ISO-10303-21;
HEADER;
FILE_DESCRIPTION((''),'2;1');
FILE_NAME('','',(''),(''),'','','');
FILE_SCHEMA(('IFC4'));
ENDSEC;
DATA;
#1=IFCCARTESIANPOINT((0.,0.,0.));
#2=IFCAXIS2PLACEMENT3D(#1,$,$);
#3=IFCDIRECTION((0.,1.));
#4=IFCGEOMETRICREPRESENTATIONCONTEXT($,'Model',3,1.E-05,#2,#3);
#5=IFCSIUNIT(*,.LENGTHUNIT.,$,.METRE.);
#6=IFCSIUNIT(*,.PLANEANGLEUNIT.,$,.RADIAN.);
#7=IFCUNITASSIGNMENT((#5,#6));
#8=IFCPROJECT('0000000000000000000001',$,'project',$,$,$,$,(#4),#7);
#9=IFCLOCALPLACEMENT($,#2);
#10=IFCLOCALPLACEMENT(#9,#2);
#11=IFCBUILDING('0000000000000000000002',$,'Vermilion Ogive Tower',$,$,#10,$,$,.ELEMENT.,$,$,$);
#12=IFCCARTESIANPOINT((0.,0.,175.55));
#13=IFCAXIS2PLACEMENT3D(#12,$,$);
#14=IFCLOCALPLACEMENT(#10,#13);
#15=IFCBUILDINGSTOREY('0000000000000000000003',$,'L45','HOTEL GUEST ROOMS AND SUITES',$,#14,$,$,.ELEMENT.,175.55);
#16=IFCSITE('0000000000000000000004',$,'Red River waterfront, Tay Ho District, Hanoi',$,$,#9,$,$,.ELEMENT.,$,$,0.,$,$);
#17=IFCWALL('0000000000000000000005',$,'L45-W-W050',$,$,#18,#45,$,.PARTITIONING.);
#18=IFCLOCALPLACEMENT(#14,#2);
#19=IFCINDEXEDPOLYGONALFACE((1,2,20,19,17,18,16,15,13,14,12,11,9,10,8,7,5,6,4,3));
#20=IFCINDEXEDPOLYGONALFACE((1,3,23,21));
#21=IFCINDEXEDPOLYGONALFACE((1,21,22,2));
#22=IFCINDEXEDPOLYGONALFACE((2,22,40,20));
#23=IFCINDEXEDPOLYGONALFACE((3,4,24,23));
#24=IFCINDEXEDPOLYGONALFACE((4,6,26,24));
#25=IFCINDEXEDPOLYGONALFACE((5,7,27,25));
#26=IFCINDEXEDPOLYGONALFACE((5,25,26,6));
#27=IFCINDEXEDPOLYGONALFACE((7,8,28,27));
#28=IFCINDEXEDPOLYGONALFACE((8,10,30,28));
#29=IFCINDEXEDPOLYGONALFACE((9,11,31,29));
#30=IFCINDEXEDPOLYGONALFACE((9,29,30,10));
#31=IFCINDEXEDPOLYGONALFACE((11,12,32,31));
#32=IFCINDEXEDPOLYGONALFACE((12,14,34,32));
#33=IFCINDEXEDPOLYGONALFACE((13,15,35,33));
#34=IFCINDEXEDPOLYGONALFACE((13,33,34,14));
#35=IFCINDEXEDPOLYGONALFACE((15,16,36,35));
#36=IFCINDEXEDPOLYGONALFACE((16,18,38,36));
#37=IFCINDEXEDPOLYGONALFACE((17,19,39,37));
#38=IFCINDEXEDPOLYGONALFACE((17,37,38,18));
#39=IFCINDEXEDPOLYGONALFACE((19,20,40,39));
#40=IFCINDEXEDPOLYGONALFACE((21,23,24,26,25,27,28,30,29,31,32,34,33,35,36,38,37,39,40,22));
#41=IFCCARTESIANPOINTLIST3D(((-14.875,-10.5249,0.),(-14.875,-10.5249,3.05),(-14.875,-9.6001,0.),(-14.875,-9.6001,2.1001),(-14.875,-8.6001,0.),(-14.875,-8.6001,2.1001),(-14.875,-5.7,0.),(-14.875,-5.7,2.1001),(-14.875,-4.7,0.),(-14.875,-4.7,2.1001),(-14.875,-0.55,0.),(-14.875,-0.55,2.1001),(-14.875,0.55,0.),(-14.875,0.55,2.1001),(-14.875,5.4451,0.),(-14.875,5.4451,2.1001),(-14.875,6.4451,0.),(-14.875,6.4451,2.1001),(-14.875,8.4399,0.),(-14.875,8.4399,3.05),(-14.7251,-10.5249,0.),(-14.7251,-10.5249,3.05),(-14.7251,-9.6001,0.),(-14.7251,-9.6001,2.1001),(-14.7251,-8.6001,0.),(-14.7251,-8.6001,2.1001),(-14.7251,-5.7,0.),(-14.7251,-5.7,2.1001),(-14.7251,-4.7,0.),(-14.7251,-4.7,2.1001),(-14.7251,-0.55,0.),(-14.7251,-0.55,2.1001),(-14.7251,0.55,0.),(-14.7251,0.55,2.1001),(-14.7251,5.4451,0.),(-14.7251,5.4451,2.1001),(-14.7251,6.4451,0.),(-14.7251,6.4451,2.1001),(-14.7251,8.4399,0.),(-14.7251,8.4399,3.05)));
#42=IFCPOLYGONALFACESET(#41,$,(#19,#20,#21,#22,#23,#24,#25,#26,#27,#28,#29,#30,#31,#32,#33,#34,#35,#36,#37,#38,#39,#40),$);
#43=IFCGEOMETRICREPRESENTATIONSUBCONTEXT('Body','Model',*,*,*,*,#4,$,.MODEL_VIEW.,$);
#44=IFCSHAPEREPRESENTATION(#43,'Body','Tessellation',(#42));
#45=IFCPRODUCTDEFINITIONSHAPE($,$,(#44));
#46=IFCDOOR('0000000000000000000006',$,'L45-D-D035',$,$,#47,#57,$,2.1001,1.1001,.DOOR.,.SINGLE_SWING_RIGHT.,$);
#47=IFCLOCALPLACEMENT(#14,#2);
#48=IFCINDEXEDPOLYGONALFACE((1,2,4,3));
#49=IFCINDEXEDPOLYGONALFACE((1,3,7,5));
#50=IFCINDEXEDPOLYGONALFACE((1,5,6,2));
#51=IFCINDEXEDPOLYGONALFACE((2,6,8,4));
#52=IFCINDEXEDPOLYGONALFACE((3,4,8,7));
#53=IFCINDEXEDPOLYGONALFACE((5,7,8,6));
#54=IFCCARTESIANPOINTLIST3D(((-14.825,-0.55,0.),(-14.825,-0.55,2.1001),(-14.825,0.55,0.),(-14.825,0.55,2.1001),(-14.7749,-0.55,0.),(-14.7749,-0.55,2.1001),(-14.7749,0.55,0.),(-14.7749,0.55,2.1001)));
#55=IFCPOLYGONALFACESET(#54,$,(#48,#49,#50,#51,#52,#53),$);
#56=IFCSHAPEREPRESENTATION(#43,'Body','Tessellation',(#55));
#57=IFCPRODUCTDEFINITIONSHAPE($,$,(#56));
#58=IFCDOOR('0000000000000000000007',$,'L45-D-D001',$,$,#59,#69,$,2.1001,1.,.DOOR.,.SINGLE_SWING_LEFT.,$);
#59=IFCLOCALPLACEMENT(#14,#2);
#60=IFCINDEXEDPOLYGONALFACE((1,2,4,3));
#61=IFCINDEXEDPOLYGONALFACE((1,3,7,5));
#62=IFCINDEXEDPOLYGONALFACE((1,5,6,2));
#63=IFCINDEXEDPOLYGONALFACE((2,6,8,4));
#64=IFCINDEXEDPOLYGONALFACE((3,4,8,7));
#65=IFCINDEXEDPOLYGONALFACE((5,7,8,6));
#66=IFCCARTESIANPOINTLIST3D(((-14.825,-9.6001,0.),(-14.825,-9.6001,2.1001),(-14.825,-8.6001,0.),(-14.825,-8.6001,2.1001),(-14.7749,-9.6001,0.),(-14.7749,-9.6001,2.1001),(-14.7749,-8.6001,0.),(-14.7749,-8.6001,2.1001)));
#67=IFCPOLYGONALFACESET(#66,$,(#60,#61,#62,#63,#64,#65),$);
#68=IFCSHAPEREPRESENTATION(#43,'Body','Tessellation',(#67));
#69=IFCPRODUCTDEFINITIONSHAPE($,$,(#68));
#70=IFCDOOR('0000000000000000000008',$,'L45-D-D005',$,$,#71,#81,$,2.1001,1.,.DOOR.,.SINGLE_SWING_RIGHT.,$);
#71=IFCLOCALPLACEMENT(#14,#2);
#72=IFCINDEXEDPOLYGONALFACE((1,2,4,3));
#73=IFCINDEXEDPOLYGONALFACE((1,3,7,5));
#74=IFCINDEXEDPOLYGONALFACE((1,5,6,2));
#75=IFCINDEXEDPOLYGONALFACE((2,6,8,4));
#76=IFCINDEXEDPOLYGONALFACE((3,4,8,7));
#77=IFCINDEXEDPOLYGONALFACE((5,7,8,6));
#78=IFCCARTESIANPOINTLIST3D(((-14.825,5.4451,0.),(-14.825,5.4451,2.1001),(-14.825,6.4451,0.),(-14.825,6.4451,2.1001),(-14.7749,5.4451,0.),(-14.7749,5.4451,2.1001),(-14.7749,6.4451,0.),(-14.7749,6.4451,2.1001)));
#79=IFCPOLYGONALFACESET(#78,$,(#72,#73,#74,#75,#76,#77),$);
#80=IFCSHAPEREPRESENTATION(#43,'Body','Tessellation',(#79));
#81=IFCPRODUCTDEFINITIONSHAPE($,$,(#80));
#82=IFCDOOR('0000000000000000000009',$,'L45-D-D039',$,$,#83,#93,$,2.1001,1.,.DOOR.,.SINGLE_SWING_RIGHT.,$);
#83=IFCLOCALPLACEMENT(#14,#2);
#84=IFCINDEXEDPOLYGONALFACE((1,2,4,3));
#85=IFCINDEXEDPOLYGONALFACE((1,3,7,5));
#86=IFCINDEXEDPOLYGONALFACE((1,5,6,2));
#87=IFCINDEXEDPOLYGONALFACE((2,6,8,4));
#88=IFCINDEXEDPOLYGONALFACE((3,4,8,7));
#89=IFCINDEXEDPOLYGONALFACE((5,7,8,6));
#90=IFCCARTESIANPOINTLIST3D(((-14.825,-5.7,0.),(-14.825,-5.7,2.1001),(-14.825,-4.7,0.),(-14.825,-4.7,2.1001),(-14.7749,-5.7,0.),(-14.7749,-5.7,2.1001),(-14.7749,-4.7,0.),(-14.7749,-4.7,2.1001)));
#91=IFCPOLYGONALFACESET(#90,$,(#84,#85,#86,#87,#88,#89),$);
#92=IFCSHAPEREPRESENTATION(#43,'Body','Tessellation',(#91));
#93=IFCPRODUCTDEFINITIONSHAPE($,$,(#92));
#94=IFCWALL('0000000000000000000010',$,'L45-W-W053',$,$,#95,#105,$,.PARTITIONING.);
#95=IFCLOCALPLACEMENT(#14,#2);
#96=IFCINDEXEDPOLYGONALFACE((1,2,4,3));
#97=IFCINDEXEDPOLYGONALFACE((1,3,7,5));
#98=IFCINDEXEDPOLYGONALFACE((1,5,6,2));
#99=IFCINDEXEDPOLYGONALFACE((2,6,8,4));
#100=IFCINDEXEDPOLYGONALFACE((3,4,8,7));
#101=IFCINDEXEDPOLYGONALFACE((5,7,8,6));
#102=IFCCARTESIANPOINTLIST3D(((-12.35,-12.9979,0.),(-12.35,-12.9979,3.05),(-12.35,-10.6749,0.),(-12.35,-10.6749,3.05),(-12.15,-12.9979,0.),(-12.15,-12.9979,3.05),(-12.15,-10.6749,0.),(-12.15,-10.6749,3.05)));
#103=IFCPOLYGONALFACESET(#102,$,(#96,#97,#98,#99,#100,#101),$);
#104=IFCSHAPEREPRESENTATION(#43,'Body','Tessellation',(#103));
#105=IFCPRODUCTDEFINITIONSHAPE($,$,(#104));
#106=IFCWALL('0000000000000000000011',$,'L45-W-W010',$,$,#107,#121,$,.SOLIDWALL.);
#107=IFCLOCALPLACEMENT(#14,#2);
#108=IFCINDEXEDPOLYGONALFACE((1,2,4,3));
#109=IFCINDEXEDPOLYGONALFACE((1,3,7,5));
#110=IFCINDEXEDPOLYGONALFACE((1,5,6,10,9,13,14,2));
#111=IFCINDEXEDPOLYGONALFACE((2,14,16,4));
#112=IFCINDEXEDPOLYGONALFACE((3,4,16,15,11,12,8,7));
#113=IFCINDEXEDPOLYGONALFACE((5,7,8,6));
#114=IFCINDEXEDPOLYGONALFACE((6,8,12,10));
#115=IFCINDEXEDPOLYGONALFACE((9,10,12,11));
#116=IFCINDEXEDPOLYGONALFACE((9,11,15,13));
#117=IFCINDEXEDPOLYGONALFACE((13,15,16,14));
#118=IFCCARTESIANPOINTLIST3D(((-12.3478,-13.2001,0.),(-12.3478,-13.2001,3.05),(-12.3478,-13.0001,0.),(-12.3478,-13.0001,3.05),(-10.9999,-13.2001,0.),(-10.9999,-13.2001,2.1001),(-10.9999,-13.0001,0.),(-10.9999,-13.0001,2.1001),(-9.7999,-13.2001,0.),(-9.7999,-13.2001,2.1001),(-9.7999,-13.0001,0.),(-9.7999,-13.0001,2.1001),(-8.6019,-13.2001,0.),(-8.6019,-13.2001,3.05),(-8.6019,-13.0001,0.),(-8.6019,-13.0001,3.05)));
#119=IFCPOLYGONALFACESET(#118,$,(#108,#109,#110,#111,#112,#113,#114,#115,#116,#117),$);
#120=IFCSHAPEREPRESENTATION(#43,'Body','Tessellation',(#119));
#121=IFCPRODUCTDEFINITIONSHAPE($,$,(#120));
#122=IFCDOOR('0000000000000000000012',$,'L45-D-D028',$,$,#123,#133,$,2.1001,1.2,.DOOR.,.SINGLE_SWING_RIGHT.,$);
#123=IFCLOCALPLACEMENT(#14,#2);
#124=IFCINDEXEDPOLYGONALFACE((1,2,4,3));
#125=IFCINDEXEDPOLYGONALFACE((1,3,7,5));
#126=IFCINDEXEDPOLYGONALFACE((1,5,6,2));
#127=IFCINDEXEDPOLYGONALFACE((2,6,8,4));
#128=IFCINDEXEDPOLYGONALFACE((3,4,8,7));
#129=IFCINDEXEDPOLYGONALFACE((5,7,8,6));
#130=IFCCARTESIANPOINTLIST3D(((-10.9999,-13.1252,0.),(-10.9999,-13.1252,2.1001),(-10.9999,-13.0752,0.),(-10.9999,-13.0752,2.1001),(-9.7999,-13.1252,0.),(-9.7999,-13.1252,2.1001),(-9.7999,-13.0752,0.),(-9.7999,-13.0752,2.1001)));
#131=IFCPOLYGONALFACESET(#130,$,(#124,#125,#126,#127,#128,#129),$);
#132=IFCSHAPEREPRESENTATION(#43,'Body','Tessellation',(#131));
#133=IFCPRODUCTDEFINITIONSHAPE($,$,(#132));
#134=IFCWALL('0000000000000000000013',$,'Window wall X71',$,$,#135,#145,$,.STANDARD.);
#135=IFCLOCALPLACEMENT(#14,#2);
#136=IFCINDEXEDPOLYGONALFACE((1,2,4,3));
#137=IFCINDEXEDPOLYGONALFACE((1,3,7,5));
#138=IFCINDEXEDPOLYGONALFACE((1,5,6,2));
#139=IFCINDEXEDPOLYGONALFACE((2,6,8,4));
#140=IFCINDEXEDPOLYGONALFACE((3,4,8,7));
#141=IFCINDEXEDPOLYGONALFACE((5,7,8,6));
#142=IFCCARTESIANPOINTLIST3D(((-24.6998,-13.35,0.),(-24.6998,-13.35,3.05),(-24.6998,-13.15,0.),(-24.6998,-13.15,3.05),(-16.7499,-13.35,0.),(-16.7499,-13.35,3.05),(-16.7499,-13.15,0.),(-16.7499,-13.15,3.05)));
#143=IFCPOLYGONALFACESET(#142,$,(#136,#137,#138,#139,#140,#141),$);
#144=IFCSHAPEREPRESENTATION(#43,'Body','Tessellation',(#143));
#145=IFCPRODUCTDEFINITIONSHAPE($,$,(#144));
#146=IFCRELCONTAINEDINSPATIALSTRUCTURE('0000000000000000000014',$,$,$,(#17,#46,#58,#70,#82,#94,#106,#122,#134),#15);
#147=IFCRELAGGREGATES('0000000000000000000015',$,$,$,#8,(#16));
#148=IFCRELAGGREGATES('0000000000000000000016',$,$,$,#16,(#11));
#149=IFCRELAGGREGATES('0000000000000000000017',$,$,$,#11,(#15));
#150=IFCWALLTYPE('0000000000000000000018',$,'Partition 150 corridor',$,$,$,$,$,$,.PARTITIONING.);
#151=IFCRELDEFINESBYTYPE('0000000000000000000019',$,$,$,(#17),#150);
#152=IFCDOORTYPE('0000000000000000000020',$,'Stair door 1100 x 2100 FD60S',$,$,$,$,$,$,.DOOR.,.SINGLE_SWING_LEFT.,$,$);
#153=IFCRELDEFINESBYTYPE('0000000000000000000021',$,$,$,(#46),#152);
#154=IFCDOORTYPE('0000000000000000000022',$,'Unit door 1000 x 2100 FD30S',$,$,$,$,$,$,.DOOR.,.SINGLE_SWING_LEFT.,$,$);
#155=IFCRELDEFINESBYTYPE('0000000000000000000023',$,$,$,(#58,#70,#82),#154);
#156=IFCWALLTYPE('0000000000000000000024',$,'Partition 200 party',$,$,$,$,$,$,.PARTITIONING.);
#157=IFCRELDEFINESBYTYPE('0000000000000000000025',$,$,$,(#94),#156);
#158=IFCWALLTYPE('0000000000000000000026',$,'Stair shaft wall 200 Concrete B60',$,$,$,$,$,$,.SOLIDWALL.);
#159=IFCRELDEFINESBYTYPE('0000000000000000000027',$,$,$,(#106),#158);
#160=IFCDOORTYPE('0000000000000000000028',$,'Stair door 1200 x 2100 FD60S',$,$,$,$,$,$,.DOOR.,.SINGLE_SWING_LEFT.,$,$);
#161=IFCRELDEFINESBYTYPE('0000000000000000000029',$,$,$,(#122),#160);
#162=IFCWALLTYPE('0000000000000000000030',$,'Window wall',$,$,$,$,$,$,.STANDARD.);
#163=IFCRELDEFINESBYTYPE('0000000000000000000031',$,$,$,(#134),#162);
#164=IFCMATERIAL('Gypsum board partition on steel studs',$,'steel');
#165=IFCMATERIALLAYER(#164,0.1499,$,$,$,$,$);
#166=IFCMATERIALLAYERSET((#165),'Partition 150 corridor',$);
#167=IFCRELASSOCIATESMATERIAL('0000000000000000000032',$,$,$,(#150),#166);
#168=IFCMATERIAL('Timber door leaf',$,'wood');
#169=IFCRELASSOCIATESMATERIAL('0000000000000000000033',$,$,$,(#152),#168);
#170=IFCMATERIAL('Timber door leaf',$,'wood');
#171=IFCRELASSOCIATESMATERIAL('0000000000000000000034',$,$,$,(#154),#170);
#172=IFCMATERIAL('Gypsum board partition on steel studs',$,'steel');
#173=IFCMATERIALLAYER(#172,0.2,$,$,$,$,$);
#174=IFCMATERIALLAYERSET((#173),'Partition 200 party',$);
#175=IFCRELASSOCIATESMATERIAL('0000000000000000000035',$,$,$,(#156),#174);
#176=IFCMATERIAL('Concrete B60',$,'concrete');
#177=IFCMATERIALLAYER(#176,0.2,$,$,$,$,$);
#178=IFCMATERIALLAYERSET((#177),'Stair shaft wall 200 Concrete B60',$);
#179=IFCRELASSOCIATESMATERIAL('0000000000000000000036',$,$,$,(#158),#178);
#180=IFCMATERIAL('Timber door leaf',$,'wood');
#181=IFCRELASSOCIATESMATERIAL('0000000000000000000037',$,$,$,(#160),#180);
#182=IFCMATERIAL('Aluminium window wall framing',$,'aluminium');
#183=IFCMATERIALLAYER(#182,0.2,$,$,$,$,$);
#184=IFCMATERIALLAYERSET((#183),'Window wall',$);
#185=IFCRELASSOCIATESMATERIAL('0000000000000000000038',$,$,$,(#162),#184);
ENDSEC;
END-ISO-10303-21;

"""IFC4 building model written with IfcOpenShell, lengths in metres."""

from ifc_helpers import new_model, si_unit, direction, frame, frame_2d, origin, place, context, subcontext, project, spatial, rectangle, extrude, material, layer, layer_set, type_object, element, fill, save


model = new_model("IFC4")

# Units and contexts
model_context = context("Model", 3, precision=1e-05, world=origin(), true_north=direction((0.0, 1.0)))
body_context = subcontext(model_context, "Body", "Model", "MODEL_VIEW")
ifc_project = project(units=[si_unit("LENGTHUNIT", "METRE"), si_unit("PLANEANGLEUNIT", "RADIAN")], contexts=[model_context])

# Site, building, storey
site_placement = place(None, origin())
site = spatial("IfcSite", under=ifc_project, at=site_placement, Name="Red River waterfront, Tay Ho District, Hanoi", CompositionType="ELEMENT", RefElevation=0.0)
building_placement = place(site_placement, origin())
building = spatial("IfcBuilding", under=site, at=building_placement, Name="Vermilion Ogive Tower", CompositionType="ELEMENT")
storey_placement = place(building_placement, frame((0.0, 0.0, 175.55)))
storey = spatial("IfcBuildingStorey", under=building, at=storey_placement, Name="L45", Description="HOTEL GUEST ROOMS AND SUITES", CompositionType="ELEMENT", Elevation=175.55)

# Wall, openings, doors
ifc_material_1 = material(Name="Gypsum board partition on steel studs", Category="steel")
ifc_layer_1 = layer(ifc_material_1, 0.1499)
ifc_layer_set_1 = layer_set([ifc_layer_1], Name="Partition 150 corridor")
wall_type_1 = type_object("IfcWallType", Name="Partition 150 corridor", PredefinedType="PARTITIONING", material=ifc_layer_set_1)
ifc_material_2 = material(Name="Timber door leaf", Category="wood")
door_type_1 = type_object("IfcDoorType", Name="Stair door 1100 x 2100 FD60S", OperationType="SINGLE_SWING_LEFT", PredefinedType="DOOR", material=ifc_material_2)
ifc_material_3 = material(Name="Timber door leaf", Category="wood")
door_type_2 = type_object("IfcDoorType", Name="Unit door 1000 x 2100 FD30S", OperationType="SINGLE_SWING_LEFT", PredefinedType="DOOR", material=ifc_material_3)
wall_1_placement = place(storey_placement, frame((-14.8, -10.5249, 0.0), z_axis=(0.0, 0.0, 1.0), x_axis=(0.0, 1.0, 0.0)))
wall_1 = element("IfcWall", 1, at=wall_1_placement, inside=storey, type_object=wall_type_1, Name="L45-W-W050", PredefinedType="PARTITIONING", context=body_context, shape_type="SweptSolid", body=[
    extrude(rectangle(XDim=18.9648, YDim=0.1499, at=frame_2d((9.4824, 0.0))), origin(), (0.0, 0.0, 1.0), 3.05),
])
opening_1_placement = place(wall_1_placement, frame((0.9248, 0.0, 0.0)))
opening_1 = element("IfcOpeningElement", 2, at=opening_1_placement, cuts=wall_1, PredefinedType="OPENING", context=body_context, shape_type="SweptSolid", body=[
    extrude(rectangle(XDim=1.0, YDim=2.1001, at=frame_2d((0.5, 1.05))), frame((0.0, 0.085, 0.0), z_axis=(0.0, -1.0, 0.0), x_axis=(1.0, 0.0, 0.0)), (0.0, 0.0, 1.0), 0.1699),
])
opening_2_placement = place(wall_1_placement, frame((15.97, 0.0, 0.0)))
opening_2 = element("IfcOpeningElement", 3, at=opening_2_placement, cuts=wall_1, PredefinedType="OPENING", context=body_context, shape_type="SweptSolid", body=[
    extrude(rectangle(XDim=1.0, YDim=2.1001, at=frame_2d((0.5, 1.05))), frame((0.0, 0.085, 0.0), z_axis=(0.0, -1.0, 0.0), x_axis=(1.0, 0.0, 0.0)), (0.0, 0.0, 1.0), 0.1699),
])
opening_3_placement = place(wall_1_placement, frame((9.9749, 0.0, 0.0)))
opening_3 = element("IfcOpeningElement", 4, at=opening_3_placement, cuts=wall_1, PredefinedType="OPENING", context=body_context, shape_type="SweptSolid", body=[
    extrude(rectangle(XDim=1.1001, YDim=2.1001, at=frame_2d((0.55, 1.05))), frame((0.0, 0.085, 0.0), z_axis=(0.0, -1.0, 0.0), x_axis=(1.0, 0.0, 0.0)), (0.0, 0.0, 1.0), 0.1699),
])
opening_4_placement = place(wall_1_placement, frame((4.825, 0.0, 0.0)))
opening_4 = element("IfcOpeningElement", 5, at=opening_4_placement, cuts=wall_1, PredefinedType="OPENING", context=body_context, shape_type="SweptSolid", body=[
    extrude(rectangle(XDim=1.0, YDim=2.1001, at=frame_2d((0.5, 1.05))), frame((0.0, 0.085, 0.0), z_axis=(0.0, -1.0, 0.0), x_axis=(1.0, 0.0, 0.0)), (0.0, 0.0, 1.0), 0.1699),
])
door_1_placement = place(opening_3_placement, origin())
door_1 = element("IfcDoor", 6, at=door_1_placement, inside=storey, type_object=door_type_1, Name="L45-D-D035", OperationType="SINGLE_SWING_RIGHT", OverallHeight=2.1001, OverallWidth=1.1001, PredefinedType="DOOR", context=body_context, shape_type="SweptSolid", body=[
    extrude(rectangle(XDim=1.1001, YDim=2.1001, at=frame_2d((0.55, 1.05))), frame((0.0, 0.0249, 0.0), z_axis=(0.0, -1.0, 0.0), x_axis=(1.0, 0.0, 0.0)), (0.0, 0.0, 1.0), 0.05),
])
fill(opening_3, door_1)
door_2_placement = place(opening_1_placement, origin())
door_2 = element("IfcDoor", 7, at=door_2_placement, inside=storey, type_object=door_type_2, Name="L45-D-D001", OperationType="SINGLE_SWING_LEFT", OverallHeight=2.1001, OverallWidth=1.0, PredefinedType="DOOR", context=body_context, shape_type="SweptSolid", body=[
    extrude(rectangle(XDim=1.0, YDim=2.1001, at=frame_2d((0.5, 1.05))), frame((0.0, 0.0249, 0.0), z_axis=(0.0, -1.0, 0.0), x_axis=(1.0, 0.0, 0.0)), (0.0, 0.0, 1.0), 0.05),
])
fill(opening_1, door_2)
door_3_placement = place(opening_2_placement, origin())
door_3 = element("IfcDoor", 8, at=door_3_placement, inside=storey, type_object=door_type_2, Name="L45-D-D005", OperationType="SINGLE_SWING_RIGHT", OverallHeight=2.1001, OverallWidth=1.0, PredefinedType="DOOR", context=body_context, shape_type="SweptSolid", body=[
    extrude(rectangle(XDim=1.0, YDim=2.1001, at=frame_2d((0.5, 1.05))), frame((0.0, 0.0249, 0.0), z_axis=(0.0, -1.0, 0.0), x_axis=(1.0, 0.0, 0.0)), (0.0, 0.0, 1.0), 0.05),
])
fill(opening_2, door_3)
door_4_placement = place(opening_4_placement, origin())
door_4 = element("IfcDoor", 9, at=door_4_placement, inside=storey, type_object=door_type_2, Name="L45-D-D039", OperationType="SINGLE_SWING_RIGHT", OverallHeight=2.1001, OverallWidth=1.0, PredefinedType="DOOR", context=body_context, shape_type="SweptSolid", body=[
    extrude(rectangle(XDim=1.0, YDim=2.1001, at=frame_2d((0.5, 1.05))), frame((0.0, 0.0249, 0.0), z_axis=(0.0, -1.0, 0.0), x_axis=(1.0, 0.0, 0.0)), (0.0, 0.0, 1.0), 0.05),
])
fill(opening_4, door_4)

# Wall
ifc_material_4 = material(Name="Gypsum board partition on steel studs", Category="steel")
ifc_layer_2 = layer(ifc_material_4, 0.2)
ifc_layer_set_2 = layer_set([ifc_layer_2], Name="Partition 200 party")
wall_type_2 = type_object("IfcWallType", Name="Partition 200 party", PredefinedType="PARTITIONING", material=ifc_layer_set_2)
wall_2_placement = place(storey_placement, frame((-12.25, -12.998, 0.0), z_axis=(0.0, 0.0, 1.0), x_axis=(0.0, 1.0, 0.0)))
element("IfcWall", 10, at=wall_2_placement, inside=storey, type_object=wall_type_2, Name="L45-W-W053", PredefinedType="PARTITIONING", context=body_context, shape_type="SweptSolid", body=[
    extrude(rectangle(XDim=2.323, YDim=0.2, at=frame_2d((1.1616, 0.0))), origin(), (0.0, 0.0, 1.0), 3.05),
])

# Wall, opening, door
ifc_material_5 = material(Name="Concrete B60", Category="concrete")
ifc_layer_3 = layer(ifc_material_5, 0.2)
ifc_layer_set_3 = layer_set([ifc_layer_3], Name="Stair shaft wall 200 Concrete B60")
wall_type_3 = type_object("IfcWallType", Name="Stair shaft wall 200 Concrete B60", PredefinedType="SOLIDWALL", material=ifc_layer_set_3)
wall_3_placement = place(storey_placement, frame((-12.3479, -13.1001, 0.0), z_axis=(0.0, 0.0, 1.0), x_axis=(1.0, 0.0, 0.0)))
wall_3 = element("IfcWall", 11, at=wall_3_placement, inside=storey, type_object=wall_type_3, Name="L45-W-W010", PredefinedType="SOLIDWALL", context=body_context, shape_type="SweptSolid", body=[
    extrude(rectangle(XDim=3.7458, YDim=0.2, at=frame_2d((1.873, 0.0))), origin(), (0.0, 0.0, 1.0), 3.05),
])
opening_5_placement = place(wall_3_placement, frame((1.3479, 0.0, 0.0)))
opening_5 = element("IfcOpeningElement", 12, at=opening_5_placement, cuts=wall_3, PredefinedType="OPENING", context=body_context, shape_type="SweptSolid", body=[
    extrude(rectangle(XDim=1.2, YDim=2.1001, at=frame_2d((0.6001, 1.05))), frame((0.0, 0.1099, 0.0), z_axis=(0.0, -1.0, 0.0), x_axis=(1.0, 0.0, 0.0)), (0.0, 0.0, 1.0), 0.22),
])
ifc_material_6 = material(Name="Timber door leaf", Category="wood")
door_type_3 = type_object("IfcDoorType", Name="Stair door 1200 x 2100 FD60S", OperationType="SINGLE_SWING_LEFT", PredefinedType="DOOR", material=ifc_material_6)
door_5_placement = place(opening_5_placement, origin())
door_5 = element("IfcDoor", 13, at=door_5_placement, inside=storey, type_object=door_type_3, Name="L45-D-D028", OperationType="SINGLE_SWING_RIGHT", OverallHeight=2.1001, OverallWidth=1.2, PredefinedType="DOOR", context=body_context, shape_type="SweptSolid", body=[
    extrude(rectangle(XDim=1.2, YDim=2.1001, at=frame_2d((0.6001, 1.05))), frame((0.0, 0.0249, 0.0), z_axis=(0.0, -1.0, 0.0), x_axis=(1.0, 0.0, 0.0)), (0.0, 0.0, 1.0), 0.05),
])
fill(opening_5, door_5)

# Wall
ifc_material_7 = material(Name="Aluminium window wall framing", Category="aluminium")
ifc_layer_4 = layer(ifc_material_7, 0.2)
ifc_layer_set_4 = layer_set([ifc_layer_4], Name="Window wall")
wall_type_4 = type_object("IfcWallType", Name="Window wall", PredefinedType="STANDARD", material=ifc_layer_set_4)
wall_4_placement = place(storey_placement, frame((-24.7, -13.25, 0.0), z_axis=(0.0, 0.0, 1.0), x_axis=(1.0, 0.0, 0.0)))
element("IfcWall", 14, at=wall_4_placement, inside=storey, type_object=wall_type_4, Name="Window wall X71", PredefinedType="STANDARD", context=body_context, shape_type="SweptSolid", body=[
    extrude(rectangle(XDim=7.95, YDim=0.2, at=frame_2d((3.9751, 0.0))), origin(), (0.0, 0.0, 1.0), 3.05),
])

save(model, "model.ifc")
